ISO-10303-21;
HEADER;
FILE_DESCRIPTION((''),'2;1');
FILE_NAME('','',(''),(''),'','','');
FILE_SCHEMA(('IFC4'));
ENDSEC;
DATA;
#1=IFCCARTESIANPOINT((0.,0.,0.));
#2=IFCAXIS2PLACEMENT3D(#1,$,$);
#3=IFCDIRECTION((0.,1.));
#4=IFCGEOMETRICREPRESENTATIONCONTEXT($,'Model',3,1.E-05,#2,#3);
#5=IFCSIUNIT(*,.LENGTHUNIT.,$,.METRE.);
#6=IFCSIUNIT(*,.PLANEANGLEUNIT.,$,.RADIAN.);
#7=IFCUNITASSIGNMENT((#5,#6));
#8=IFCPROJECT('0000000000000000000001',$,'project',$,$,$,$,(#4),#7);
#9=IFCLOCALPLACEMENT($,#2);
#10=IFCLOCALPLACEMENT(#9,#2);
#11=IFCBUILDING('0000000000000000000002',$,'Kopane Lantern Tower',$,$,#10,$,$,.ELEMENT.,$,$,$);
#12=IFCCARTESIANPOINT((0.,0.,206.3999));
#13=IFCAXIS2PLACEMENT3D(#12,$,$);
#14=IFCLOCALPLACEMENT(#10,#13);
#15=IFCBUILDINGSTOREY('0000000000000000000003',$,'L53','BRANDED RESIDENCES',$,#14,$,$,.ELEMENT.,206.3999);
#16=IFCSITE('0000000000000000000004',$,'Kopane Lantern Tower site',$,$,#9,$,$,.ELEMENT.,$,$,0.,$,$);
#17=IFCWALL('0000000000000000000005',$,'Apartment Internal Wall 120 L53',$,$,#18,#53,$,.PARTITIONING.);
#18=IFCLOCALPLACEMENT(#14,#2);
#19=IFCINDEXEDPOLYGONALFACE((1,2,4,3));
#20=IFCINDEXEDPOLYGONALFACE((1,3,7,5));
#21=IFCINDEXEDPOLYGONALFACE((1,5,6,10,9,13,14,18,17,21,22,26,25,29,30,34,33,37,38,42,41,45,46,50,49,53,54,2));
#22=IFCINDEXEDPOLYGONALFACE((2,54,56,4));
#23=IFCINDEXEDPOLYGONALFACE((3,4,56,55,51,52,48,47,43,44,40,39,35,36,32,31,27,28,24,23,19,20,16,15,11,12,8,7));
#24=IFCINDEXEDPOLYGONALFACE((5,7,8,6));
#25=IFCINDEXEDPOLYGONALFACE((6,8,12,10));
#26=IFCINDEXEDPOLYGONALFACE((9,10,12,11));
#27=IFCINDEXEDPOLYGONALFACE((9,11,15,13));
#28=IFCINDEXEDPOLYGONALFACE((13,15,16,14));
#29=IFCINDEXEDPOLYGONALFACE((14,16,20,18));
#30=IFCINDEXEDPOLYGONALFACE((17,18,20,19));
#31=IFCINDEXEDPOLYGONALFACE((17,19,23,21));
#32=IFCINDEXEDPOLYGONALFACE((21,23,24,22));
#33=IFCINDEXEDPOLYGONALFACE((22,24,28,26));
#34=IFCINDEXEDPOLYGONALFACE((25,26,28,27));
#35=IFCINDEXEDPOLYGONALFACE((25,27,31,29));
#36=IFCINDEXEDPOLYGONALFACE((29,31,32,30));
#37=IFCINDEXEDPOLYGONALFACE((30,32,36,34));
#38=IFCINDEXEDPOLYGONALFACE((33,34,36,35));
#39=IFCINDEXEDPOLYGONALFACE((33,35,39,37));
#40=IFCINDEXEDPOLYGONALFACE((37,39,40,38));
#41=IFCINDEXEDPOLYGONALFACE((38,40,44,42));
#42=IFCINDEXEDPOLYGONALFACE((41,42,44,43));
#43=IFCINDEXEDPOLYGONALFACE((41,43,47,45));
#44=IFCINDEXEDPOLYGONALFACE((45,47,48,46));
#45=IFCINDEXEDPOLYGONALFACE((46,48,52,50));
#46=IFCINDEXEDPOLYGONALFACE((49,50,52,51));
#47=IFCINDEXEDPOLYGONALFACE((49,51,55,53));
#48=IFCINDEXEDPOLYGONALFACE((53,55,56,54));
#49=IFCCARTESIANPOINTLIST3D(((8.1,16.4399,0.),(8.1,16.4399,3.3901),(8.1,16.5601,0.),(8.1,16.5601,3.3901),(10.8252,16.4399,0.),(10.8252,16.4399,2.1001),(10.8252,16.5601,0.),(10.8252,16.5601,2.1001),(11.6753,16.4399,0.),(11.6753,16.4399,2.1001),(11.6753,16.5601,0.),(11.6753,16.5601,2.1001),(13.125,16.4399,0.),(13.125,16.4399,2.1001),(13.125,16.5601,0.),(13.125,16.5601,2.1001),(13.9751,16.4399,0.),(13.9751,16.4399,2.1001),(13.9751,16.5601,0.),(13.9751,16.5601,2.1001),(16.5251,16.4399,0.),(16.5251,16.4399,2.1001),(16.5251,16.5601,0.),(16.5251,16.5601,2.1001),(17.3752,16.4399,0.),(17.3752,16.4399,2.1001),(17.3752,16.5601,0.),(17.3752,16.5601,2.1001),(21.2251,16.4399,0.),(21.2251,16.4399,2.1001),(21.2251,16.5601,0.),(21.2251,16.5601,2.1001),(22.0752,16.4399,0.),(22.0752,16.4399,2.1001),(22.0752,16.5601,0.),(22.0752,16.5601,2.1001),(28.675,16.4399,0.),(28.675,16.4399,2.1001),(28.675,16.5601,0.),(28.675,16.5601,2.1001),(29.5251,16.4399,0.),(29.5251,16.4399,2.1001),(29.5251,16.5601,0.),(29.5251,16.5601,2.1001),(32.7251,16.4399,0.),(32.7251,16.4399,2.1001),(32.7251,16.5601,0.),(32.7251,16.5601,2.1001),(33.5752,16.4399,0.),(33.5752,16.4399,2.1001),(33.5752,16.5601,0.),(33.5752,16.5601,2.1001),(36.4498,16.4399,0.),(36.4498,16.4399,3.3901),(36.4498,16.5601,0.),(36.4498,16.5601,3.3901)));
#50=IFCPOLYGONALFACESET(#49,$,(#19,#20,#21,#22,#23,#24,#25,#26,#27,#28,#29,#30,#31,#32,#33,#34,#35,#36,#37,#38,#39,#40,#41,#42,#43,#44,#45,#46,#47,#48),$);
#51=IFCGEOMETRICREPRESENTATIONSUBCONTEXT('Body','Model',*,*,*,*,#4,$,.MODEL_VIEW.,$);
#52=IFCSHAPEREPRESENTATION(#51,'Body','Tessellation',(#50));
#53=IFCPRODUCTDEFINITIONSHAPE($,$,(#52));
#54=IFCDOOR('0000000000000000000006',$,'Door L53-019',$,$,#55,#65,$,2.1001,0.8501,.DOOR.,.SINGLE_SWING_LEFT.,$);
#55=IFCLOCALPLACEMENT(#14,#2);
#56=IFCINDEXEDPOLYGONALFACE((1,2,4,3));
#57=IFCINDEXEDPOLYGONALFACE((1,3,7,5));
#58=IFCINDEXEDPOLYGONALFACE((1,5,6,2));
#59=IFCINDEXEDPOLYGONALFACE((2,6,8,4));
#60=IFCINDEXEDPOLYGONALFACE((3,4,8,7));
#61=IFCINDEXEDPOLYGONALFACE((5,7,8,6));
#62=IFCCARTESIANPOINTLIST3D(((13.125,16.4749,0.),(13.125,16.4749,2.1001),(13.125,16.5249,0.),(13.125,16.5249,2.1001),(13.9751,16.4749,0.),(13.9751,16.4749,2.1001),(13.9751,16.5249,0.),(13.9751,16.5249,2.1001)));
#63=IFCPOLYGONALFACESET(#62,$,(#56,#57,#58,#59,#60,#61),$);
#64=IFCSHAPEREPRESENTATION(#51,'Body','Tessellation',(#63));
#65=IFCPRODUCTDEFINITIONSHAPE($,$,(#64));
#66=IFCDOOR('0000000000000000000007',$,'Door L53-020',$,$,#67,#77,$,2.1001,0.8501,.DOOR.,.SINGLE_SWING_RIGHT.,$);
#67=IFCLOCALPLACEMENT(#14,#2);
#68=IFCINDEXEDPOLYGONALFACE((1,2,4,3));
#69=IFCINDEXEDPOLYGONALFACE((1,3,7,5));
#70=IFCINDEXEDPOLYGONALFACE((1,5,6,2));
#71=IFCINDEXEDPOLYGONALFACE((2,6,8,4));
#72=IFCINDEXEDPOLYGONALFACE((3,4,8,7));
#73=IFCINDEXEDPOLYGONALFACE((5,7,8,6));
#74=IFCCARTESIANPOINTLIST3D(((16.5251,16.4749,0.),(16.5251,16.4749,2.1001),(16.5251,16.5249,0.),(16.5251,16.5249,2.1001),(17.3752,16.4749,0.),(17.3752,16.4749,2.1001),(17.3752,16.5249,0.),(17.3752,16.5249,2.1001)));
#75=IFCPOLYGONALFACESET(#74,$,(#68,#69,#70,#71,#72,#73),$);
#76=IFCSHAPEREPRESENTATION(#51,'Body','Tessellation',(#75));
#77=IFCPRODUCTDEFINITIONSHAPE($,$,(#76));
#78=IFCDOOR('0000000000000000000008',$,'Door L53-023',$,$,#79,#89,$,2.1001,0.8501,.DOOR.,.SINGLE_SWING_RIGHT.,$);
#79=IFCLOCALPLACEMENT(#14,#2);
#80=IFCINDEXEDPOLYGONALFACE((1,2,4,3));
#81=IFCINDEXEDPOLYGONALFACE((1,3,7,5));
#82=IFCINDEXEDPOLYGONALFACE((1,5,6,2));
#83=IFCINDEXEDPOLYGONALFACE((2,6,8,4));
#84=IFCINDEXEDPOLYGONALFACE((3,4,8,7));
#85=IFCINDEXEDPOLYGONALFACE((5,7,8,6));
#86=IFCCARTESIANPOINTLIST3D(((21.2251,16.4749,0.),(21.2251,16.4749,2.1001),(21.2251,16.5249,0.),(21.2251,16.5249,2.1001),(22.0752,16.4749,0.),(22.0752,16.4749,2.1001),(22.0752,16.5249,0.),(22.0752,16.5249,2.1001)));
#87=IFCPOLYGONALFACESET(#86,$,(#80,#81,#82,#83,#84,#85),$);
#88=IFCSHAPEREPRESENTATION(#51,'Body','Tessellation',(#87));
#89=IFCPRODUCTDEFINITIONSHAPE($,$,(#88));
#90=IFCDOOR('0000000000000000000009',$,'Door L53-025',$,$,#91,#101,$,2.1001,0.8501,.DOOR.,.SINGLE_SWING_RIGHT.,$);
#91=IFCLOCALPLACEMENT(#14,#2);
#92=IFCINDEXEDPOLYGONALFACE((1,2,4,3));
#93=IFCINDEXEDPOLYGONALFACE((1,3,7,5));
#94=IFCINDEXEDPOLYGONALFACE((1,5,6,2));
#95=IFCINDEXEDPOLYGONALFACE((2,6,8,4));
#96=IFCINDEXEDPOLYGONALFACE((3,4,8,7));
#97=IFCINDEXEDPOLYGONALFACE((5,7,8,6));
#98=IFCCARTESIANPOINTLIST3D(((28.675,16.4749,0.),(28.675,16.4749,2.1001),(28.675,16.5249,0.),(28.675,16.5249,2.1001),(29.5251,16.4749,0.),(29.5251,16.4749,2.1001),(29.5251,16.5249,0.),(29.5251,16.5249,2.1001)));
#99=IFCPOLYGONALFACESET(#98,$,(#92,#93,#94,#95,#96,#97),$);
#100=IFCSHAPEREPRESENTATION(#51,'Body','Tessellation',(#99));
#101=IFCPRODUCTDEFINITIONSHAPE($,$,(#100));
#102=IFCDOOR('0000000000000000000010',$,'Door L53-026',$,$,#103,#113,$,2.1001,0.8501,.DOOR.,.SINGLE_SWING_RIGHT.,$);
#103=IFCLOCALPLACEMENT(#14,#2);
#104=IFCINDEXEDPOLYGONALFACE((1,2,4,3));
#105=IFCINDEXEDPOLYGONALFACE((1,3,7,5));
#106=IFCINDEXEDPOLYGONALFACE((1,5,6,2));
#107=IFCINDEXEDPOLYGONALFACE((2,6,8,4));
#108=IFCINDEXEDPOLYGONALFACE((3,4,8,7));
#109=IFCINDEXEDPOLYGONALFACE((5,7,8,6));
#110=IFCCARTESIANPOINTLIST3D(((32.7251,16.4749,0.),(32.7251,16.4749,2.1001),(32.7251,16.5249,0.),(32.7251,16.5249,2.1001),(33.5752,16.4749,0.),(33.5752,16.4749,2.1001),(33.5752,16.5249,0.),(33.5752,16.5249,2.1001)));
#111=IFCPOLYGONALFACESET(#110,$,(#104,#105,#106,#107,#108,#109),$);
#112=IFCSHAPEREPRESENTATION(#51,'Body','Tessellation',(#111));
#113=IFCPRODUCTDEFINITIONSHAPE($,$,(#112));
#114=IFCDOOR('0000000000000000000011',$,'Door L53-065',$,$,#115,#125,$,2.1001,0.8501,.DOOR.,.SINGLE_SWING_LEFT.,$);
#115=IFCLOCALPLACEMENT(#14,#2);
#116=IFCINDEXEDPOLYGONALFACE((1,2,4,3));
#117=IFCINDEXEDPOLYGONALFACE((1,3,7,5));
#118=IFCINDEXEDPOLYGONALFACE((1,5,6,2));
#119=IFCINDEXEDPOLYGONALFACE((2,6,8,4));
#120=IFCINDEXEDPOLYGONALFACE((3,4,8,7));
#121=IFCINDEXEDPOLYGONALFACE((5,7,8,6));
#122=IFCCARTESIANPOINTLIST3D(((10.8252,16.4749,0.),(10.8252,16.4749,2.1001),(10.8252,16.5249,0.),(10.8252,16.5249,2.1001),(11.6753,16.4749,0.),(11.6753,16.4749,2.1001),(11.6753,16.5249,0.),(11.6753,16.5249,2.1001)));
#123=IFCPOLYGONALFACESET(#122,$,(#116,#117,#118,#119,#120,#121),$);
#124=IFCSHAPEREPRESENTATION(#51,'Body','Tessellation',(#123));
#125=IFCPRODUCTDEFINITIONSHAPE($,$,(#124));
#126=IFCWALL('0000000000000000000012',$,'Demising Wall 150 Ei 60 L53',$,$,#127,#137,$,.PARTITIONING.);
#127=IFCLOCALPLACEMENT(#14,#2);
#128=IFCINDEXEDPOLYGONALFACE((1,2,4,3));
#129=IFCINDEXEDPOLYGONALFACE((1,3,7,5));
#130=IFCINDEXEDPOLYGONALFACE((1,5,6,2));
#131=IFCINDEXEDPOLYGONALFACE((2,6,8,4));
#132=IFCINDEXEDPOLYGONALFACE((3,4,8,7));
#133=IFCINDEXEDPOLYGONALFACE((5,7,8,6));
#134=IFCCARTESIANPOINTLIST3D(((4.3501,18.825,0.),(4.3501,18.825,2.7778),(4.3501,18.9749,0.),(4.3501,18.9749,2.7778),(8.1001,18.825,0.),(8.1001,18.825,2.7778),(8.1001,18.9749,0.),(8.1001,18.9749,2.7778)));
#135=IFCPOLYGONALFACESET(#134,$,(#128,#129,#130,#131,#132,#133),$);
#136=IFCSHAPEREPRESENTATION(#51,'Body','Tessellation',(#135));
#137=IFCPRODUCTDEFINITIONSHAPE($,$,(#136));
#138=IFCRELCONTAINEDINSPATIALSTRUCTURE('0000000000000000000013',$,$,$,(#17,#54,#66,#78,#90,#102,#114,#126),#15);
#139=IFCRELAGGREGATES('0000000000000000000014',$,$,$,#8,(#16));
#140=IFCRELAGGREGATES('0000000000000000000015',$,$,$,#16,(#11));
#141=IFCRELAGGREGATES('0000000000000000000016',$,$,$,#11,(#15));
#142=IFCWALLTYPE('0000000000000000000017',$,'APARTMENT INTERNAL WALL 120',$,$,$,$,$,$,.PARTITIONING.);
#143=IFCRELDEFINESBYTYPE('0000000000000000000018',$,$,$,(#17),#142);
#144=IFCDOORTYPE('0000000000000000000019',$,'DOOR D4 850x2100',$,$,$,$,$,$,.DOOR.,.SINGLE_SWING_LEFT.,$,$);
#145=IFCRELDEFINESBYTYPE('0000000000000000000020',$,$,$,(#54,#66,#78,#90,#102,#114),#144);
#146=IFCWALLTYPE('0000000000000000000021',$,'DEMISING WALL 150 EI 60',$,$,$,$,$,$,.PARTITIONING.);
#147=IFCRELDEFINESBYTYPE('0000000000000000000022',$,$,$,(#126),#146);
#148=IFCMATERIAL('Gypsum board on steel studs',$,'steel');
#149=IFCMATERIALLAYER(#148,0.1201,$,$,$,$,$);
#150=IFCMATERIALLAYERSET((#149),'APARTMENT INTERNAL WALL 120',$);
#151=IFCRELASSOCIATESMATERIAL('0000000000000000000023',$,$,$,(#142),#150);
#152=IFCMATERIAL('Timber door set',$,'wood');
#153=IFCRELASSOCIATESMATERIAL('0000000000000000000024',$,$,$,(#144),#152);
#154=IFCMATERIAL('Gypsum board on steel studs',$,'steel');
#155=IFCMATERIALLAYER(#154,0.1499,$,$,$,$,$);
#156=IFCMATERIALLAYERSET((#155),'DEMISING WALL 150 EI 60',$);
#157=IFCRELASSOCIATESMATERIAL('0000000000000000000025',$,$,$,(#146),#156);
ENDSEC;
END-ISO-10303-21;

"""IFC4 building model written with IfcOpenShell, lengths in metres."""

from ifc_helpers import new_model, si_unit, direction, frame, frame_2d, origin, place, context, subcontext, project, spatial, rectangle, extrude, material, layer, layer_set, type_object, element, fill, save


model = new_model("IFC4")

# Units and contexts
model_context = context("Model", 3, precision=1e-05, world=origin(), true_north=direction((0.0, 1.0)))
body_context = subcontext(model_context, "Body", "Model", "MODEL_VIEW")
ifc_project = project(units=[si_unit("LENGTHUNIT", "METRE"), si_unit("PLANEANGLEUNIT", "RADIAN")], contexts=[model_context])

# Site, building, storey
site_placement = place(None, origin())
site = spatial("IfcSite", under=ifc_project, at=site_placement, Name="Kopane Lantern Tower site", CompositionType="ELEMENT", RefElevation=0.0)
building_placement = place(site_placement, origin())
building = spatial("IfcBuilding", under=site, at=building_placement, Name="Kopane Lantern Tower", CompositionType="ELEMENT")
storey_placement = place(building_placement, frame((0.0, 0.0, 206.3999)))
storey = spatial("IfcBuildingStorey", under=building, at=storey_placement, Name="L53", Description="BRANDED RESIDENCES", CompositionType="ELEMENT", Elevation=206.3999)

# Wall, openings, doors
ifc_material_1 = material(Name="Gypsum board on steel studs", Category="steel")
ifc_layer_1 = layer(ifc_material_1, 0.1201)
ifc_layer_set_1 = layer_set([ifc_layer_1], Name="APARTMENT INTERNAL WALL 120")
wall_type_1 = type_object("IfcWallType", Name="APARTMENT INTERNAL WALL 120", PredefinedType="PARTITIONING", material=ifc_layer_set_1)
ifc_material_2 = material(Name="Timber door set", Category="wood")
door_type = type_object("IfcDoorType", Name="DOOR D4 850x2100", OperationType="SINGLE_SWING_LEFT", PredefinedType="DOOR", material=ifc_material_2)
wall_1_placement = place(storey_placement, frame((8.1001, 16.5, 0.0), z_axis=(0.0, 0.0, 1.0), x_axis=(1.0, 0.0, 0.0)))
wall_1 = element("IfcWall", 1, at=wall_1_placement, inside=storey, type_object=wall_type_1, Name="Apartment Internal Wall 120 L53", PredefinedType="PARTITIONING", context=body_context, shape_type="SweptSolid", body=[
    extrude(rectangle(XDim=28.3499, YDim=0.1201, at=frame_2d((14.1748, 0.0))), origin(), (0.0, 0.0, 1.0), 3.3901),
])
opening_1_placement = place(wall_1_placement, frame((5.0249, 0.0, 0.0)))
opening_1 = element("IfcOpeningElement", 2, at=opening_1_placement, cuts=wall_1, PredefinedType="OPENING", context=body_context, shape_type="SweptSolid", body=[
    extrude(rectangle(XDim=0.8501, YDim=2.1001, at=frame_2d((0.425, 1.05))), frame((0.0, 0.0701, 0.0), z_axis=(0.0, -1.0, 0.0), x_axis=(1.0, 0.0, 0.0)), (0.0, 0.0, 1.0), 0.1401),
])
opening_2_placement = place(wall_1_placement, frame((8.425, 0.0, 0.0)))
opening_2 = element("IfcOpeningElement", 3, at=opening_2_placement, cuts=wall_1, PredefinedType="OPENING", context=body_context, shape_type="SweptSolid", body=[
    extrude(rectangle(XDim=0.8501, YDim=2.1001, at=frame_2d((0.425, 1.05))), frame((0.0, 0.0701, 0.0), z_axis=(0.0, -1.0, 0.0), x_axis=(1.0, 0.0, 0.0)), (0.0, 0.0, 1.0), 0.1401),
])
opening_3_placement = place(wall_1_placement, frame((13.125, 0.0, 0.0)))
opening_3 = element("IfcOpeningElement", 4, at=opening_3_placement, cuts=wall_1, PredefinedType="OPENING", context=body_context, shape_type="SweptSolid", body=[
    extrude(rectangle(XDim=0.8501, YDim=2.1001, at=frame_2d((0.425, 1.05))), frame((0.0, 0.0701, 0.0), z_axis=(0.0, -1.0, 0.0), x_axis=(1.0, 0.0, 0.0)), (0.0, 0.0, 1.0), 0.1401),
])
opening_4_placement = place(wall_1_placement, frame((20.575, 0.0, 0.0)))
opening_4 = element("IfcOpeningElement", 5, at=opening_4_placement, cuts=wall_1, PredefinedType="OPENING", context=body_context, shape_type="SweptSolid", body=[
    extrude(rectangle(XDim=0.8501, YDim=2.1001, at=frame_2d((0.425, 1.05))), frame((0.0, 0.0701, 0.0), z_axis=(0.0, -1.0, 0.0), x_axis=(1.0, 0.0, 0.0)), (0.0, 0.0, 1.0), 0.1401),
])
opening_5_placement = place(wall_1_placement, frame((24.625, 0.0, 0.0)))
opening_5 = element("IfcOpeningElement", 6, at=opening_5_placement, cuts=wall_1, PredefinedType="OPENING", context=body_context, shape_type="SweptSolid", body=[
    extrude(rectangle(XDim=0.8501, YDim=2.1001, at=frame_2d((0.425, 1.05))), frame((0.0, 0.0701, 0.0), z_axis=(0.0, -1.0, 0.0), x_axis=(1.0, 0.0, 0.0)), (0.0, 0.0, 1.0), 0.1401),
])
opening_6_placement = place(wall_1_placement, frame((2.7251, 0.0, 0.0)))
opening_6 = element("IfcOpeningElement", 7, at=opening_6_placement, cuts=wall_1, PredefinedType="OPENING", context=body_context, shape_type="SweptSolid", body=[
    extrude(rectangle(XDim=0.8501, YDim=2.1001, at=frame_2d((0.425, 1.05))), frame((0.0, 0.0701, 0.0), z_axis=(0.0, -1.0, 0.0), x_axis=(1.0, 0.0, 0.0)), (0.0, 0.0, 1.0), 0.1401),
])
door_1_placement = place(opening_1_placement, origin())
door_1 = element("IfcDoor", 8, at=door_1_placement, inside=storey, type_object=door_type, Name="Door L53-019", OperationType="SINGLE_SWING_LEFT", OverallHeight=2.1001, OverallWidth=0.8501, PredefinedType="DOOR", context=body_context, shape_type="SweptSolid", body=[
    extrude(rectangle(XDim=0.8501, YDim=2.1001, at=frame_2d((0.425, 1.05))), frame((0.0, 0.0249, 0.0), z_axis=(0.0, -1.0, 0.0), x_axis=(1.0, 0.0, 0.0)), (0.0, 0.0, 1.0), 0.05),
])
fill(opening_1, door_1)
door_2_placement = place(opening_2_placement, origin())
door_2 = element("IfcDoor", 9, at=door_2_placement, inside=storey, type_object=door_type, Name="Door L53-020", OperationType="SINGLE_SWING_RIGHT", OverallHeight=2.1001, OverallWidth=0.8501, PredefinedType="DOOR", context=body_context, shape_type="SweptSolid", body=[
    extrude(rectangle(XDim=0.8501, YDim=2.1001, at=frame_2d((0.425, 1.05))), frame((0.0, 0.0249, 0.0), z_axis=(0.0, -1.0, 0.0), x_axis=(1.0, 0.0, 0.0)), (0.0, 0.0, 1.0), 0.05),
])
fill(opening_2, door_2)
door_3_placement = place(opening_3_placement, origin())
door_3 = element("IfcDoor", 10, at=door_3_placement, inside=storey, type_object=door_type, Name="Door L53-023", OperationType="SINGLE_SWING_RIGHT", OverallHeight=2.1001, OverallWidth=0.8501, PredefinedType="DOOR", context=body_context, shape_type="SweptSolid", body=[
    extrude(rectangle(XDim=0.8501, YDim=2.1001, at=frame_2d((0.425, 1.05))), frame((0.0, 0.0249, 0.0), z_axis=(0.0, -1.0, 0.0), x_axis=(1.0, 0.0, 0.0)), (0.0, 0.0, 1.0), 0.05),
])
fill(opening_3, door_3)
door_4_placement = place(opening_4_placement, origin())
door_4 = element("IfcDoor", 11, at=door_4_placement, inside=storey, type_object=door_type, Name="Door L53-025", OperationType="SINGLE_SWING_RIGHT", OverallHeight=2.1001, OverallWidth=0.8501, PredefinedType="DOOR", context=body_context, shape_type="SweptSolid", body=[
    extrude(rectangle(XDim=0.8501, YDim=2.1001, at=frame_2d((0.425, 1.05))), frame((0.0, 0.0249, 0.0), z_axis=(0.0, -1.0, 0.0), x_axis=(1.0, 0.0, 0.0)), (0.0, 0.0, 1.0), 0.05),
])
fill(opening_4, door_4)
door_5_placement = place(opening_5_placement, origin())
door_5 = element("IfcDoor", 12, at=door_5_placement, inside=storey, type_object=door_type, Name="Door L53-026", OperationType="SINGLE_SWING_RIGHT", OverallHeight=2.1001, OverallWidth=0.8501, PredefinedType="DOOR", context=body_context, shape_type="SweptSolid", body=[
    extrude(rectangle(XDim=0.8501, YDim=2.1001, at=frame_2d((0.425, 1.05))), frame((0.0, 0.0249, 0.0), z_axis=(0.0, -1.0, 0.0), x_axis=(1.0, 0.0, 0.0)), (0.0, 0.0, 1.0), 0.05),
])
fill(opening_5, door_5)
door_6_placement = place(opening_6_placement, origin())
door_6 = element("IfcDoor", 13, at=door_6_placement, inside=storey, type_object=door_type, Name="Door L53-065", OperationType="SINGLE_SWING_LEFT", OverallHeight=2.1001, OverallWidth=0.8501, PredefinedType="DOOR", context=body_context, shape_type="SweptSolid", body=[
    extrude(rectangle(XDim=0.8501, YDim=2.1001, at=frame_2d((0.425, 1.05))), frame((0.0, 0.0249, 0.0), z_axis=(0.0, -1.0, 0.0), x_axis=(1.0, 0.0, 0.0)), (0.0, 0.0, 1.0), 0.05),
])
fill(opening_6, door_6)

# Wall
ifc_material_3 = material(Name="Gypsum board on steel studs", Category="steel")
ifc_layer_2 = layer(ifc_material_3, 0.1499)
ifc_layer_set_2 = layer_set([ifc_layer_2], Name="DEMISING WALL 150 EI 60")
wall_type_2 = type_object("IfcWallType", Name="DEMISING WALL 150 EI 60", PredefinedType="PARTITIONING", material=ifc_layer_set_2)
wall_2_placement = place(storey_placement, frame((4.3501, 18.8999, 0.0), z_axis=(0.0, 0.0, 1.0), x_axis=(1.0, 0.0, 0.0)))
element("IfcWall", 14, at=wall_2_placement, inside=storey, type_object=wall_type_2, Name="Demising Wall 150 Ei 60 L53", PredefinedType="PARTITIONING", context=body_context, shape_type="SweptSolid", body=[
    extrude(rectangle(XDim=3.75, YDim=0.1499, at=frame_2d((1.875, 0.0))), origin(), (0.0, 0.0, 1.0), 2.7778),
])

save(model, "model.ifc")
